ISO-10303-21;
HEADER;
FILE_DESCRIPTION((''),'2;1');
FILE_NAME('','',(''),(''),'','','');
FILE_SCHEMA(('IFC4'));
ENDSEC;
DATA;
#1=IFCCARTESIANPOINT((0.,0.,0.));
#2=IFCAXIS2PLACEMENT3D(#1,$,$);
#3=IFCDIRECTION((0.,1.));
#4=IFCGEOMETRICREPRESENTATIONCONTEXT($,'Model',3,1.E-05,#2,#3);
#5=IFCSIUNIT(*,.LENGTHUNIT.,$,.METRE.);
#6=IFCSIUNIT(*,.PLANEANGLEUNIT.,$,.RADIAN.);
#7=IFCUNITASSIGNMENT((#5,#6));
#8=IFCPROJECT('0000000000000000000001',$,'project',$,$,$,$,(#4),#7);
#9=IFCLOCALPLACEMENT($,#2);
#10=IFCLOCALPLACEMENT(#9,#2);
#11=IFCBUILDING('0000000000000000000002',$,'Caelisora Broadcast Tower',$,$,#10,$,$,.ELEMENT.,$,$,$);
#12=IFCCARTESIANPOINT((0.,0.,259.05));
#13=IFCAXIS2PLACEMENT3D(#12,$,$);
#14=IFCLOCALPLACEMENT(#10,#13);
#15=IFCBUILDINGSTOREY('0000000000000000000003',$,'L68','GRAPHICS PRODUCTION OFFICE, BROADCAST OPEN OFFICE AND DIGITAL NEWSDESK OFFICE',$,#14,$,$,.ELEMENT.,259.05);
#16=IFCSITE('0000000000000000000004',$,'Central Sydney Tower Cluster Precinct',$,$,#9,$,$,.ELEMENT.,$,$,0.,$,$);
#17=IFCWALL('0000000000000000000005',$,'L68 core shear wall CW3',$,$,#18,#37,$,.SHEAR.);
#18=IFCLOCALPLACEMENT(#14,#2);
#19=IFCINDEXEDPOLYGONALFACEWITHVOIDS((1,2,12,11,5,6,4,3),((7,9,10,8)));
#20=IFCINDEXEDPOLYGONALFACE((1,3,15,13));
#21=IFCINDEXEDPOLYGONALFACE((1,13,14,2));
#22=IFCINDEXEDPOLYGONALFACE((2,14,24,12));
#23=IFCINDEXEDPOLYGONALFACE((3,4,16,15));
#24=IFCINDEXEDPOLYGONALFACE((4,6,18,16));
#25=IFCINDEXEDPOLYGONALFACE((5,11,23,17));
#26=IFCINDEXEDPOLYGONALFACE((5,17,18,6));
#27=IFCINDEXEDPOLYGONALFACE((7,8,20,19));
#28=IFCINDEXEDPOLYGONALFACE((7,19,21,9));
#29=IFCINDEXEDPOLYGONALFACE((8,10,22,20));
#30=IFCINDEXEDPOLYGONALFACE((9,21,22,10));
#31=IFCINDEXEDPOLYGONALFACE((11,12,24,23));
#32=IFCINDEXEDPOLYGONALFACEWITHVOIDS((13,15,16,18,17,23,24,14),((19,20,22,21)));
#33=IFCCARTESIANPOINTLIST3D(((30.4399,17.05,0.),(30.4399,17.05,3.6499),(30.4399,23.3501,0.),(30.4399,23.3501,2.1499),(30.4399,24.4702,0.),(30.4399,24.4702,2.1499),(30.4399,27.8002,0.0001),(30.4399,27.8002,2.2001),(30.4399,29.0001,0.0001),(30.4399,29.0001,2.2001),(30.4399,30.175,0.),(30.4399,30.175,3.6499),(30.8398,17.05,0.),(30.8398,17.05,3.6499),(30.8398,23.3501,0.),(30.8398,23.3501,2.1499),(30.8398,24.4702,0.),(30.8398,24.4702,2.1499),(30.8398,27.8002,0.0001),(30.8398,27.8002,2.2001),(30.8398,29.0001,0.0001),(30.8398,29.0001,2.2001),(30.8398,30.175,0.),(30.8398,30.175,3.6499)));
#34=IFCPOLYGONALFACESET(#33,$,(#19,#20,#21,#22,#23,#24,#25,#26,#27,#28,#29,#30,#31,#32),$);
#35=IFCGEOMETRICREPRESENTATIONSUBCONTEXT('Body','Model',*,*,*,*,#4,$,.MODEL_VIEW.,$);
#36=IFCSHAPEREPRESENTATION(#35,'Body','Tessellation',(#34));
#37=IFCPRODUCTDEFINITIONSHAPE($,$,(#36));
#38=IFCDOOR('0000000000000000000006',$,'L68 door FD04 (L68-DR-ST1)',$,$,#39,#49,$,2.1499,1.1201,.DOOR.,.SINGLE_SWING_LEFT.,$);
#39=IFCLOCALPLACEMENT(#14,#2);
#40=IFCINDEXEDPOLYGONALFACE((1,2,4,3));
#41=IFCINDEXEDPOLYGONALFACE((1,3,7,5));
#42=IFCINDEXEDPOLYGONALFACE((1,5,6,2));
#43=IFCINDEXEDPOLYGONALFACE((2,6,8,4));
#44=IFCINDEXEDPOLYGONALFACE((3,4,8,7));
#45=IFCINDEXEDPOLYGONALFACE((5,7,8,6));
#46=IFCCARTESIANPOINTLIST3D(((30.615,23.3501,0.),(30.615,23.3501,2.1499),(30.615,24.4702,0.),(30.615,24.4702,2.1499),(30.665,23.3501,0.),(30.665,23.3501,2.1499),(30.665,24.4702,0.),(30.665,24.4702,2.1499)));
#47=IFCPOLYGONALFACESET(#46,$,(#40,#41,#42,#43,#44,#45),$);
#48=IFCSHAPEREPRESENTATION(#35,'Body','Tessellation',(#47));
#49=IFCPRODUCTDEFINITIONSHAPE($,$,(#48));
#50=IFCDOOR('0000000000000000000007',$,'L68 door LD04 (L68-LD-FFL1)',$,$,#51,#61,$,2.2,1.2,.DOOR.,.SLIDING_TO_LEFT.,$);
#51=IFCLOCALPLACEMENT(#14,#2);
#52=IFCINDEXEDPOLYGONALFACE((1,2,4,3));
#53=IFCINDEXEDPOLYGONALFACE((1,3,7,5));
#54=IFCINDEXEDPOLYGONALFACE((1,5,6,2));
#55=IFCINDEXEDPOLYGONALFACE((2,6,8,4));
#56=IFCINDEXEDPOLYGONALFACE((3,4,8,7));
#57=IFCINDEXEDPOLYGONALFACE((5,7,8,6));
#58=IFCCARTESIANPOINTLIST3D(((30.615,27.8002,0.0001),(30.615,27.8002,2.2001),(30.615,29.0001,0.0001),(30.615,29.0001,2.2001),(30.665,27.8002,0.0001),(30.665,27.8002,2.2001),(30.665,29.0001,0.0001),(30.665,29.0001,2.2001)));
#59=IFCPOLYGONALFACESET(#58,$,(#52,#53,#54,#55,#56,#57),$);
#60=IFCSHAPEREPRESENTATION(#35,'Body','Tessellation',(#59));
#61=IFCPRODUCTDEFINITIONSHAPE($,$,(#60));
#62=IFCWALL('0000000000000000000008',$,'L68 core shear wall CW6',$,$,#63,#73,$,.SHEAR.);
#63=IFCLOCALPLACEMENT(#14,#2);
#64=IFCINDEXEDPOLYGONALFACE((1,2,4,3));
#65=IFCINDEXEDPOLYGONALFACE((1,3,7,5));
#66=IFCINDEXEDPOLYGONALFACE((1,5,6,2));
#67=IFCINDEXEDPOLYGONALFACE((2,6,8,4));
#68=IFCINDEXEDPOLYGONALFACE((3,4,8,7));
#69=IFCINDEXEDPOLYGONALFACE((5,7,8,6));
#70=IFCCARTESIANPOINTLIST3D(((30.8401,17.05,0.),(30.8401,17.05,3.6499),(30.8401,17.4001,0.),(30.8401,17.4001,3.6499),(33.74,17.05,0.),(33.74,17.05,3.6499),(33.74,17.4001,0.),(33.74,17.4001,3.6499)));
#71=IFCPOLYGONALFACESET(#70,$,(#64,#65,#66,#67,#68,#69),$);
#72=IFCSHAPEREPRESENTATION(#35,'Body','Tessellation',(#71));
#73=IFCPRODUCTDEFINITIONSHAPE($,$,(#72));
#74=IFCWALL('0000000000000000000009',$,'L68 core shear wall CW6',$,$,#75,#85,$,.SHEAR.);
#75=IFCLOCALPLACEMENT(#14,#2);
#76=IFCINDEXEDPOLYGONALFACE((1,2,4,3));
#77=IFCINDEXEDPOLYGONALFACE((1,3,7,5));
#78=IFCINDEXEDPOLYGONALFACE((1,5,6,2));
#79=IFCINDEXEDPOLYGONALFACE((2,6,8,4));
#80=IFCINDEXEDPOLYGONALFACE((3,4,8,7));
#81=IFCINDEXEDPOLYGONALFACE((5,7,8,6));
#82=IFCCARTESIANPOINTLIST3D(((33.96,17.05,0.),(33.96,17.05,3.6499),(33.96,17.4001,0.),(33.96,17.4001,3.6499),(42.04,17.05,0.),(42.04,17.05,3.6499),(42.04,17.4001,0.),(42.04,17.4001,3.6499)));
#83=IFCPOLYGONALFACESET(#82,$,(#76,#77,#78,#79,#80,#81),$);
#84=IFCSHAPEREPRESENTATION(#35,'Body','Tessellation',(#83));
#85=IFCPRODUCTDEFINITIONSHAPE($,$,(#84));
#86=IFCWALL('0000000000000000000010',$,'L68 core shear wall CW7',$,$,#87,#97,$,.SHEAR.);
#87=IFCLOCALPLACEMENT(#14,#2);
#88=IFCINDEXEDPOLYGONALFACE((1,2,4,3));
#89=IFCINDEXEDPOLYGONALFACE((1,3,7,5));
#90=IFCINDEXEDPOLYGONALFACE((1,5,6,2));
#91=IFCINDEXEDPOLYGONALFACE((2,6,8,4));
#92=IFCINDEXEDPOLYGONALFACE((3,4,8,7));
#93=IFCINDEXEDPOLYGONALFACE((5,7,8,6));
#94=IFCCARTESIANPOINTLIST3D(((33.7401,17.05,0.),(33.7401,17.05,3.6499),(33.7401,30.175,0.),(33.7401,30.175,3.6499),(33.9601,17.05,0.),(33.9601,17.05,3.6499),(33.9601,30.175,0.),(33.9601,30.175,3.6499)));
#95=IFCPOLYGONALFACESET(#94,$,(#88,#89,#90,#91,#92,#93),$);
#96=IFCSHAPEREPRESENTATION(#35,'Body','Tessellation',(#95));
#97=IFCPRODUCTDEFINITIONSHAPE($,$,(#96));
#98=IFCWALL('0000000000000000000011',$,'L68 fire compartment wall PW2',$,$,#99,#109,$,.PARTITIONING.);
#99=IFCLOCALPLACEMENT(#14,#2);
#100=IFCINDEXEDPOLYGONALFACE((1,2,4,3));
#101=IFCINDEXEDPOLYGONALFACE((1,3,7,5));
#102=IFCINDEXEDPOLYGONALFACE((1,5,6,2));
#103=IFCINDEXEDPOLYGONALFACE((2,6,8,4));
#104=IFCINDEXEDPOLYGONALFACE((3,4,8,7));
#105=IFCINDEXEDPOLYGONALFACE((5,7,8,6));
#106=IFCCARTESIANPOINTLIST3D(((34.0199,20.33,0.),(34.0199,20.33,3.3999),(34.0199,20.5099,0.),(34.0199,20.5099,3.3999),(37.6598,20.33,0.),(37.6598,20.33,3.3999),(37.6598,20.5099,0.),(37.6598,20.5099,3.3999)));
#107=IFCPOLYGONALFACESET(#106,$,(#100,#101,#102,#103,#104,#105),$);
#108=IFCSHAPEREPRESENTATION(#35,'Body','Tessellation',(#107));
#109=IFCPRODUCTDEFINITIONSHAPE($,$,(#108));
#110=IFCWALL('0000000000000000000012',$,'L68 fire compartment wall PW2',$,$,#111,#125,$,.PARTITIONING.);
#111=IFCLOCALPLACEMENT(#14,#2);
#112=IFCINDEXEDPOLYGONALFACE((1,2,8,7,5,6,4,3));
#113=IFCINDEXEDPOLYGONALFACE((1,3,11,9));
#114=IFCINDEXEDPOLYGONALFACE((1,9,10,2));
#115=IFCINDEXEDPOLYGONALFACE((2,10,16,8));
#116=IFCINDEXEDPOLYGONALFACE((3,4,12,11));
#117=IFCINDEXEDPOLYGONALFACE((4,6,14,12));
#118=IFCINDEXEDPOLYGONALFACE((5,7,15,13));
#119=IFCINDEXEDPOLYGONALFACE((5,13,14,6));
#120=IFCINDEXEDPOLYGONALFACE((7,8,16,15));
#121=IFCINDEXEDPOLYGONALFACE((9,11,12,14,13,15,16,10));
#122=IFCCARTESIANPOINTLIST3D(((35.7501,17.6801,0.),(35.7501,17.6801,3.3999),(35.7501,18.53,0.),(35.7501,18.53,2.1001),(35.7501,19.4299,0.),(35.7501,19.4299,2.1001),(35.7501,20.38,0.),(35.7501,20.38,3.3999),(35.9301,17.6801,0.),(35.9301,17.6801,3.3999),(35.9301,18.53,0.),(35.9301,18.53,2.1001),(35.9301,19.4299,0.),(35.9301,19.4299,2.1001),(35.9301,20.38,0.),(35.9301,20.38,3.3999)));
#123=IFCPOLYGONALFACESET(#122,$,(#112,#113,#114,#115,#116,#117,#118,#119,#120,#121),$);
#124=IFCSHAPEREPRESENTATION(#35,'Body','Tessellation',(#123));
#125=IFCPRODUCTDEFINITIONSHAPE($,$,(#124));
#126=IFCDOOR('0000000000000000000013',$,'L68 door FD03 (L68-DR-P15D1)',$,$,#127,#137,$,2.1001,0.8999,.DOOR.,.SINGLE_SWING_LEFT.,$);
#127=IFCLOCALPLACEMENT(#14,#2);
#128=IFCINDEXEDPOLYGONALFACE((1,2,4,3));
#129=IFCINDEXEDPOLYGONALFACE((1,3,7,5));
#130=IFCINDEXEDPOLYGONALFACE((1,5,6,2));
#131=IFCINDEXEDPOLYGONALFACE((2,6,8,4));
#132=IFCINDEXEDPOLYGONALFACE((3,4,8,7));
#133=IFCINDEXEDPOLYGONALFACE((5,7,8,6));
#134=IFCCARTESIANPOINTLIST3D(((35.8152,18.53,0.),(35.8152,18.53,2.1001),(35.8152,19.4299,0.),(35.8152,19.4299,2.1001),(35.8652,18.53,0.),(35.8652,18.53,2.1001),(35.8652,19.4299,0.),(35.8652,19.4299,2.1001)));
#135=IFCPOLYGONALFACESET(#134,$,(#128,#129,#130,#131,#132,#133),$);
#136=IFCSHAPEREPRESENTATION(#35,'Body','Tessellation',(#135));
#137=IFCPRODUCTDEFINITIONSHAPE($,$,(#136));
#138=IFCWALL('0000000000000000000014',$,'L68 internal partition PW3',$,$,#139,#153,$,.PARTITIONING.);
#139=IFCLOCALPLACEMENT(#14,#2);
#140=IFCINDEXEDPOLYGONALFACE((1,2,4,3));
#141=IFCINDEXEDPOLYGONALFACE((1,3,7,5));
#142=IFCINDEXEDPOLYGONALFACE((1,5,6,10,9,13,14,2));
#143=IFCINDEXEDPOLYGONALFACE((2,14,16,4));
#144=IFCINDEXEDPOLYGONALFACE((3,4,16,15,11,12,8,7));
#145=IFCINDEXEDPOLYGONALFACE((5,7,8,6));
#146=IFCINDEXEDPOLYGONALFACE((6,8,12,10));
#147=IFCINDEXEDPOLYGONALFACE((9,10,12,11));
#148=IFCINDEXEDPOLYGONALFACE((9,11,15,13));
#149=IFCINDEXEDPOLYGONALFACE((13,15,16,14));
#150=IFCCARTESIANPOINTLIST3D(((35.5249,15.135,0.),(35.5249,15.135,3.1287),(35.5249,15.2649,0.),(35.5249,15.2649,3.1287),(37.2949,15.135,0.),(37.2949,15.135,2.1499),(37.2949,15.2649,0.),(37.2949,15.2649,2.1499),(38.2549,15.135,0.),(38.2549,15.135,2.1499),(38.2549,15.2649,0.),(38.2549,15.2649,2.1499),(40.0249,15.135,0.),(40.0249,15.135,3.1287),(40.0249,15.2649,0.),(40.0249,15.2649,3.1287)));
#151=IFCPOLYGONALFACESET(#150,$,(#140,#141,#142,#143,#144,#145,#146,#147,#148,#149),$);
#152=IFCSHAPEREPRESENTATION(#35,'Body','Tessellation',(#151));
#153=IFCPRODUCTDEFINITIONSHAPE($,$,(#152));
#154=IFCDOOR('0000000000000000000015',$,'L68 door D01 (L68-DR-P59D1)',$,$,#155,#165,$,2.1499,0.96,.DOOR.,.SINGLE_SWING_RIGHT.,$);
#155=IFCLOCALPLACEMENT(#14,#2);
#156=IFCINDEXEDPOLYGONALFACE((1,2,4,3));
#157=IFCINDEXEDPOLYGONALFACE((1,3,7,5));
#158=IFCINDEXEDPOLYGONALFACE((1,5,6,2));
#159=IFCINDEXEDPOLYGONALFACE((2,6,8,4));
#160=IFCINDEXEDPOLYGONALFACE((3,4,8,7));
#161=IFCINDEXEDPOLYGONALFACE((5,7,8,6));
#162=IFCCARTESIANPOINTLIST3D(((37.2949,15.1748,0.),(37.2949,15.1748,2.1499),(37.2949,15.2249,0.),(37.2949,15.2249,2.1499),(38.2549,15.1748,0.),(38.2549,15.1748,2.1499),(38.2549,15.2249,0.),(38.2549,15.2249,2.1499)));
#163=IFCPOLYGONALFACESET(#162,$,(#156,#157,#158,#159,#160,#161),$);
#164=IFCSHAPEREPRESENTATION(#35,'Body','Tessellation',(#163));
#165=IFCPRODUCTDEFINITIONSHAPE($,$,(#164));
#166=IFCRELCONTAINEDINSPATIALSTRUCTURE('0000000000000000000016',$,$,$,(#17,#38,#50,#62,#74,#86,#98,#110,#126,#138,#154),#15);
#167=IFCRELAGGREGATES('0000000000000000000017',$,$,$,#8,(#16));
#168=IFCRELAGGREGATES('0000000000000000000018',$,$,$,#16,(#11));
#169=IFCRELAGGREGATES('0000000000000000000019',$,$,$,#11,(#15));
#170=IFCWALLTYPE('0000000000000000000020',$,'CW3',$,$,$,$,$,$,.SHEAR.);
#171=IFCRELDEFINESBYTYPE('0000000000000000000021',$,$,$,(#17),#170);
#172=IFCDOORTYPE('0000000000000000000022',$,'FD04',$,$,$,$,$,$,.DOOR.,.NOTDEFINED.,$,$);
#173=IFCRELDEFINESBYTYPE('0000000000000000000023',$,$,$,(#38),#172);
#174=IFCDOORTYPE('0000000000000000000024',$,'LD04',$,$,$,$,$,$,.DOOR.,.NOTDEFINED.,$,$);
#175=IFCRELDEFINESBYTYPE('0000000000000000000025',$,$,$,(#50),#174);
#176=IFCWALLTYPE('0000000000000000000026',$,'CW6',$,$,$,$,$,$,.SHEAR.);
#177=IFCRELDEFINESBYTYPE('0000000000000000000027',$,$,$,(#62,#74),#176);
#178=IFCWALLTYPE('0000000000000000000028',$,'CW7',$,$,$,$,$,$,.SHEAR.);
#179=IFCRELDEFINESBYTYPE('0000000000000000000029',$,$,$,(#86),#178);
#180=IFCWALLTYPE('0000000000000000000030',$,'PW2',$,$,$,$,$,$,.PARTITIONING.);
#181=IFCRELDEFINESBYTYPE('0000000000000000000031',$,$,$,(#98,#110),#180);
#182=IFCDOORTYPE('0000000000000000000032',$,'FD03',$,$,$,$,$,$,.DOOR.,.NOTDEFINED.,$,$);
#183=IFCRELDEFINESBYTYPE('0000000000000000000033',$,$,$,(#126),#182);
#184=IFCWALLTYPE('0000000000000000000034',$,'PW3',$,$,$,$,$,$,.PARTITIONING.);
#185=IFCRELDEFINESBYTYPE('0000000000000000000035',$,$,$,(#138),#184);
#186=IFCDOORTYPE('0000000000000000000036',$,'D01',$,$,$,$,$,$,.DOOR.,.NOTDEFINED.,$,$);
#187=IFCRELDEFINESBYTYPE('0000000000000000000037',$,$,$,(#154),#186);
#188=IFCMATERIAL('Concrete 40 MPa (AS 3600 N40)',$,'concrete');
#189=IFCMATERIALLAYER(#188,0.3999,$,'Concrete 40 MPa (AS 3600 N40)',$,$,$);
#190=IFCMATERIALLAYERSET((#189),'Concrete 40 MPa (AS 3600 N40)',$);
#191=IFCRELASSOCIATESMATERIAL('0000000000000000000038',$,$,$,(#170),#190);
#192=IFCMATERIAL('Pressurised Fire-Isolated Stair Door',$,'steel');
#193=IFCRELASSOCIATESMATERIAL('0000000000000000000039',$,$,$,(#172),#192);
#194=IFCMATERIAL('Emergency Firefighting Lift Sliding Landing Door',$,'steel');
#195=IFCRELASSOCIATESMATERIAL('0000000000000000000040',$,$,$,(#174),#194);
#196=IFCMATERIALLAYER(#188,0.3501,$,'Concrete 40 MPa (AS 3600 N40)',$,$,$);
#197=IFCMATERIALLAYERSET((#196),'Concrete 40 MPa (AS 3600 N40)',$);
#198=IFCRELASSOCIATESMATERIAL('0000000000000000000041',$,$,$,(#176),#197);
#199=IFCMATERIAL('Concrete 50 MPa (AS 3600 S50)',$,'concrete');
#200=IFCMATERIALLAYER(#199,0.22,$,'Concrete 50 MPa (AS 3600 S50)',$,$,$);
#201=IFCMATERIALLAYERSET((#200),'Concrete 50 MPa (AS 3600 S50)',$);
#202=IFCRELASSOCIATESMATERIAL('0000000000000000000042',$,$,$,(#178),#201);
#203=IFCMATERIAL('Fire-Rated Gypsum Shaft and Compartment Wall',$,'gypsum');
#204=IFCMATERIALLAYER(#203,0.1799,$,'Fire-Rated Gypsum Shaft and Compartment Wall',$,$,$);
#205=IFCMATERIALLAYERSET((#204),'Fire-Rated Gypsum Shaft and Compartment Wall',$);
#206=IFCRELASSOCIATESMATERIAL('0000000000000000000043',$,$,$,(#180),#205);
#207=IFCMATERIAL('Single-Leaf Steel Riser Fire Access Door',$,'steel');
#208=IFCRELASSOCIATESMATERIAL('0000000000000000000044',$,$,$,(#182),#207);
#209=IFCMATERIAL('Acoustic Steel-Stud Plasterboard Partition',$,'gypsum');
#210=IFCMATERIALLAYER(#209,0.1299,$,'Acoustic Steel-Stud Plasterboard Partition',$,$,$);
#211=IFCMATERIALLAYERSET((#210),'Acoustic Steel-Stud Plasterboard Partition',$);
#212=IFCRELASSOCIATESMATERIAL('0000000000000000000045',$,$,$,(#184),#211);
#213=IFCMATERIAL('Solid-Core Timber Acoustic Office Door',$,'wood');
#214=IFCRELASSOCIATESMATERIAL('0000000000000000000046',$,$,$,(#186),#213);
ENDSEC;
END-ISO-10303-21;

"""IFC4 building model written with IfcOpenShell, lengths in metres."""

from ifc_helpers import new_model, si_unit, direction, frame, frame_2d, origin, place, context, subcontext, project, spatial, rectangle, extrude, material, layer, layer_set, type_object, element, fill, save


model = new_model("IFC4")

# Units and contexts
model_context = context("Model", 3, precision=1e-05, world=origin(), true_north=direction((0.0, 1.0)))
body_context = subcontext(model_context, "Body", "Model", "MODEL_VIEW")
ifc_project = project(units=[si_unit("LENGTHUNIT", "METRE"), si_unit("PLANEANGLEUNIT", "RADIAN")], contexts=[model_context])

# Site, building, storey
site_placement = place(None, origin())
site = spatial("IfcSite", under=ifc_project, at=site_placement, Name="Central Sydney Tower Cluster Precinct", CompositionType="ELEMENT", RefElevation=0.0)
building_placement = place(site_placement, origin())
building = spatial("IfcBuilding", under=site, at=building_placement, Name="Caelisora Broadcast Tower", CompositionType="ELEMENT")
storey_placement = place(building_placement, frame((0.0, 0.0, 259.05)))
storey = spatial("IfcBuildingStorey", under=building, at=storey_placement, Name="L68", Description="GRAPHICS PRODUCTION OFFICE, BROADCAST OPEN OFFICE AND DIGITAL NEWSDESK OFFICE", CompositionType="ELEMENT", Elevation=259.05)

# Wall, openings, doors
ifc_material_1 = material(Name="Concrete 40 MPa (AS 3600 N40)", Category="concrete")
ifc_layer_1 = layer(ifc_material_1, 0.3999, Name="Concrete 40 MPa (AS 3600 N40)")
ifc_layer_set_1 = layer_set([ifc_layer_1], Name="Concrete 40 MPa (AS 3600 N40)")
wall_type_1 = type_object("IfcWallType", Name="CW3", PredefinedType="SHEAR", material=ifc_layer_set_1)
wall_1_placement = place(storey_placement, frame((30.6399, 17.05, 0.0), z_axis=(0.0, 0.0, 1.0), x_axis=(0.0, 1.0, 0.0)))
wall_1 = element("IfcWall", 1, at=wall_1_placement, inside=storey, type_object=wall_type_1, Name="L68 core shear wall CW3", PredefinedType="SHEAR", context=body_context, shape_type="SweptSolid", body=[
    extrude(rectangle(XDim=13.125, YDim=0.3999, at=frame_2d((6.5625, 0.0))), origin(), (0.0, 0.0, 1.0), 3.6499),
])
opening_1_placement = place(wall_1_placement, frame((6.3, 0.0, 0.0)))
opening_1 = element("IfcOpeningElement", 2, at=opening_1_placement, cuts=wall_1, PredefinedType="OPENING", context=body_context, shape_type="SweptSolid", body=[
    extrude(rectangle(XDim=1.1201, YDim=2.1499, at=frame_2d((0.5601, 1.075))), frame((0.0, 0.2119, 0.0), z_axis=(0.0, -1.0, 0.0), x_axis=(1.0, 0.0, 0.0)), (0.0, 0.0, 1.0), 0.4238),
])
opening_2_placement = place(wall_1_placement, frame((10.75, 0.0, 0.0)))
opening_2 = element("IfcOpeningElement", 3, at=opening_2_placement, cuts=wall_1, PredefinedType="OPENING", context=body_context, shape_type="SweptSolid", body=[
    extrude(rectangle(XDim=1.2, YDim=2.2, at=frame_2d((0.6001, 1.1001))), frame((0.0, 0.2119, 0.0), z_axis=(0.0, -1.0, 0.0), x_axis=(1.0, 0.0, 0.0)), (0.0, 0.0, 1.0), 0.4238),
])
ifc_material_2 = material(Name="Pressurised Fire-Isolated Stair Door", Category="steel")
door_type_1 = type_object("IfcDoorType", Name="FD04", OperationType="NOTDEFINED", PredefinedType="DOOR", material=ifc_material_2)
door_1_placement = place(opening_1_placement, origin())
door_1 = element("IfcDoor", 4, at=door_1_placement, inside=storey, type_object=door_type_1, Name="L68 door FD04 (L68-DR-ST1)", OperationType="SINGLE_SWING_LEFT", OverallHeight=2.1499, OverallWidth=1.1201, PredefinedType="DOOR", context=body_context, shape_type="SweptSolid", body=[
    extrude(rectangle(XDim=1.1201, YDim=2.1499, at=frame_2d((0.5601, 1.075))), frame((0.0, 0.0249, 0.0), z_axis=(0.0, -1.0, 0.0), x_axis=(1.0, 0.0, 0.0)), (0.0, 0.0, 1.0), 0.05),
])
fill(opening_1, door_1)
ifc_material_3 = material(Name="Emergency Firefighting Lift Sliding Landing Door", Category="steel")
door_type_2 = type_object("IfcDoorType", Name="LD04", OperationType="NOTDEFINED", PredefinedType="DOOR", material=ifc_material_3)
door_2_placement = place(opening_2_placement, origin())
door_2 = element("IfcDoor", 5, at=door_2_placement, inside=storey, type_object=door_type_2, Name="L68 door LD04 (L68-LD-FFL1)", OperationType="SLIDING_TO_LEFT", OverallHeight=2.2, OverallWidth=1.2, PredefinedType="DOOR", context=body_context, shape_type="SweptSolid", body=[
    extrude(rectangle(XDim=1.2, YDim=2.2, at=frame_2d((0.6001, 1.1001))), frame((0.0, 0.0249, 0.0), z_axis=(0.0, -1.0, 0.0), x_axis=(1.0, 0.0, 0.0)), (0.0, 0.0, 1.0), 0.05),
])
fill(opening_2, door_2)

# Walls
ifc_layer_2 = layer(ifc_material_1, 0.3501, Name="Concrete 40 MPa (AS 3600 N40)")
ifc_layer_set_2 = layer_set([ifc_layer_2], Name="Concrete 40 MPa (AS 3600 N40)")
wall_type_2 = type_object("IfcWallType", Name="CW6", PredefinedType="SHEAR", material=ifc_layer_set_2)
wall_2_placement = place(storey_placement, frame((30.8401, 17.2251, 0.0), z_axis=(0.0, 0.0, 1.0), x_axis=(1.0, 0.0, 0.0)))
element("IfcWall", 6, at=wall_2_placement, inside=storey, type_object=wall_type_2, Name="L68 core shear wall CW6", PredefinedType="SHEAR", context=body_context, shape_type="SweptSolid", body=[
    extrude(rectangle(XDim=2.8999, YDim=0.3501, at=frame_2d((1.45, 0.0))), origin(), (0.0, 0.0, 1.0), 3.6499),
])
wall_3_placement = place(storey_placement, frame((33.96, 17.2251, 0.0), z_axis=(0.0, 0.0, 1.0), x_axis=(1.0, 0.0, 0.0)))
element("IfcWall", 7, at=wall_3_placement, inside=storey, type_object=wall_type_2, Name="L68 core shear wall CW6", PredefinedType="SHEAR", context=body_context, shape_type="SweptSolid", body=[
    extrude(rectangle(XDim=8.0801, YDim=0.3501, at=frame_2d((4.04, 0.0))), origin(), (0.0, 0.0, 1.0), 3.6499),
])
ifc_material_4 = material(Name="Concrete 50 MPa (AS 3600 S50)", Category="concrete")
ifc_layer_3 = layer(ifc_material_4, 0.22, Name="Concrete 50 MPa (AS 3600 S50)")
ifc_layer_set_3 = layer_set([ifc_layer_3], Name="Concrete 50 MPa (AS 3600 S50)")
wall_type_3 = type_object("IfcWallType", Name="CW7", PredefinedType="SHEAR", material=ifc_layer_set_3)
wall_4_placement = place(storey_placement, frame((33.8501, 17.05, 0.0), z_axis=(0.0, 0.0, 1.0), x_axis=(0.0, 1.0, 0.0)))
element("IfcWall", 8, at=wall_4_placement, inside=storey, type_object=wall_type_3, Name="L68 core shear wall CW7", PredefinedType="SHEAR", context=body_context, shape_type="SweptSolid", body=[
    extrude(rectangle(XDim=13.125, YDim=0.22, at=frame_2d((6.5625, 0.0))), origin(), (0.0, 0.0, 1.0), 3.6499),
])
ifc_material_5 = material(Name="Fire-Rated Gypsum Shaft and Compartment Wall", Category="gypsum")
ifc_layer_4 = layer(ifc_material_5, 0.1799, Name="Fire-Rated Gypsum Shaft and Compartment Wall")
ifc_layer_set_4 = layer_set([ifc_layer_4], Name="Fire-Rated Gypsum Shaft and Compartment Wall")
wall_type_4 = type_object("IfcWallType", Name="PW2", PredefinedType="PARTITIONING", material=ifc_layer_set_4)
wall_5_placement = place(storey_placement, frame((34.02, 20.4199, 0.0), z_axis=(0.0, 0.0, 1.0), x_axis=(1.0, 0.0, 0.0)))
element("IfcWall", 9, at=wall_5_placement, inside=storey, type_object=wall_type_4, Name="L68 fire compartment wall PW2", PredefinedType="PARTITIONING", context=body_context, shape_type="SweptSolid", body=[
    extrude(rectangle(XDim=3.6399, YDim=0.1799, at=frame_2d((1.8198, 0.0))), origin(), (0.0, 0.0, 1.0), 3.3999),
])

# Walls, openings, doors
wall_6_placement = place(storey_placement, frame((35.8401, 17.6799, 0.0), z_axis=(0.0, 0.0, 1.0), x_axis=(0.0, 1.0, 0.0)))
wall_6 = element("IfcWall", 10, at=wall_6_placement, inside=storey, type_object=wall_type_4, Name="L68 fire compartment wall PW2", PredefinedType="PARTITIONING", context=body_context, shape_type="SweptSolid", body=[
    extrude(rectangle(XDim=2.7, YDim=0.1799, at=frame_2d((1.3501, 0.0))), origin(), (0.0, 0.0, 1.0), 3.3999),
])
opening_3_placement = place(wall_6_placement, frame((0.8501, 0.0, 0.0)))
opening_3 = element("IfcOpeningElement", 11, at=opening_3_placement, cuts=wall_6, PredefinedType="OPENING", context=body_context, shape_type="SweptSolid", body=[
    extrude(rectangle(XDim=0.8999, YDim=2.1001, at=frame_2d((0.45, 1.05))), frame((0.0, 0.1021, 0.0), z_axis=(0.0, -1.0, 0.0), x_axis=(1.0, 0.0, 0.0)), (0.0, 0.0, 1.0), 0.2039),
])
ifc_material_6 = material(Name="Single-Leaf Steel Riser Fire Access Door", Category="steel")
door_type_3 = type_object("IfcDoorType", Name="FD03", OperationType="NOTDEFINED", PredefinedType="DOOR", material=ifc_material_6)
door_3_placement = place(opening_3_placement, origin())
door_3 = element("IfcDoor", 12, at=door_3_placement, inside=storey, type_object=door_type_3, Name="L68 door FD03 (L68-DR-P15D1)", OperationType="SINGLE_SWING_LEFT", OverallHeight=2.1001, OverallWidth=0.8999, PredefinedType="DOOR", context=body_context, shape_type="SweptSolid", body=[
    extrude(rectangle(XDim=0.8999, YDim=2.1001, at=frame_2d((0.45, 1.05))), frame((0.0, 0.0249, 0.0), z_axis=(0.0, -1.0, 0.0), x_axis=(1.0, 0.0, 0.0)), (0.0, 0.0, 1.0), 0.05),
])
fill(opening_3, door_3)
ifc_material_7 = material(Name="Acoustic Steel-Stud Plasterboard Partition", Category="gypsum")
ifc_layer_5 = layer(ifc_material_7, 0.1299, Name="Acoustic Steel-Stud Plasterboard Partition")
ifc_layer_set_5 = layer_set([ifc_layer_5], Name="Acoustic Steel-Stud Plasterboard Partition")
wall_type_5 = type_object("IfcWallType", Name="PW3", PredefinedType="PARTITIONING", material=ifc_layer_set_5)
wall_7_placement = place(storey_placement, frame((35.5249, 15.2, 0.0), z_axis=(0.0, 0.0, 1.0), x_axis=(1.0, 0.0, 0.0)))
wall_7 = element("IfcWall", 13, at=wall_7_placement, inside=storey, type_object=wall_type_5, Name="L68 internal partition PW3", PredefinedType="PARTITIONING", context=body_context, shape_type="SweptSolid", body=[
    extrude(rectangle(XDim=4.5, YDim=0.1299, at=frame_2d((2.25, 0.0))), origin(), (0.0, 0.0, 1.0), 3.1287),
])
opening_4_placement = place(wall_7_placement, frame((1.77, 0.0, 0.0)))
opening_4 = element("IfcOpeningElement", 14, at=opening_4_placement, cuts=wall_7, PredefinedType="OPENING", context=body_context, shape_type="SweptSolid", body=[
    extrude(rectangle(XDim=0.96, YDim=2.1499, at=frame_2d((0.48, 1.075))), frame((0.0, 0.0769, 0.0), z_axis=(0.0, -1.0, 0.0), x_axis=(1.0, 0.0, 0.0)), (0.0, 0.0, 1.0), 0.1538),
])
ifc_material_8 = material(Name="Solid-Core Timber Acoustic Office Door", Category="wood")
door_type_4 = type_object("IfcDoorType", Name="D01", OperationType="NOTDEFINED", PredefinedType="DOOR", material=ifc_material_8)
door_4_placement = place(opening_4_placement, origin())
door_4 = element("IfcDoor", 15, at=door_4_placement, inside=storey, type_object=door_type_4, Name="L68 door D01 (L68-DR-P59D1)", OperationType="SINGLE_SWING_RIGHT", OverallHeight=2.1499, OverallWidth=0.96, PredefinedType="DOOR", context=body_context, shape_type="SweptSolid", body=[
    extrude(rectangle(XDim=0.96, YDim=2.1499, at=frame_2d((0.48, 1.075))), frame((0.0, 0.0249, 0.0), z_axis=(0.0, -1.0, 0.0), x_axis=(1.0, 0.0, 0.0)), (0.0, 0.0, 1.0), 0.05),
])
fill(opening_4, door_4)

save(model, "model.ifc")
